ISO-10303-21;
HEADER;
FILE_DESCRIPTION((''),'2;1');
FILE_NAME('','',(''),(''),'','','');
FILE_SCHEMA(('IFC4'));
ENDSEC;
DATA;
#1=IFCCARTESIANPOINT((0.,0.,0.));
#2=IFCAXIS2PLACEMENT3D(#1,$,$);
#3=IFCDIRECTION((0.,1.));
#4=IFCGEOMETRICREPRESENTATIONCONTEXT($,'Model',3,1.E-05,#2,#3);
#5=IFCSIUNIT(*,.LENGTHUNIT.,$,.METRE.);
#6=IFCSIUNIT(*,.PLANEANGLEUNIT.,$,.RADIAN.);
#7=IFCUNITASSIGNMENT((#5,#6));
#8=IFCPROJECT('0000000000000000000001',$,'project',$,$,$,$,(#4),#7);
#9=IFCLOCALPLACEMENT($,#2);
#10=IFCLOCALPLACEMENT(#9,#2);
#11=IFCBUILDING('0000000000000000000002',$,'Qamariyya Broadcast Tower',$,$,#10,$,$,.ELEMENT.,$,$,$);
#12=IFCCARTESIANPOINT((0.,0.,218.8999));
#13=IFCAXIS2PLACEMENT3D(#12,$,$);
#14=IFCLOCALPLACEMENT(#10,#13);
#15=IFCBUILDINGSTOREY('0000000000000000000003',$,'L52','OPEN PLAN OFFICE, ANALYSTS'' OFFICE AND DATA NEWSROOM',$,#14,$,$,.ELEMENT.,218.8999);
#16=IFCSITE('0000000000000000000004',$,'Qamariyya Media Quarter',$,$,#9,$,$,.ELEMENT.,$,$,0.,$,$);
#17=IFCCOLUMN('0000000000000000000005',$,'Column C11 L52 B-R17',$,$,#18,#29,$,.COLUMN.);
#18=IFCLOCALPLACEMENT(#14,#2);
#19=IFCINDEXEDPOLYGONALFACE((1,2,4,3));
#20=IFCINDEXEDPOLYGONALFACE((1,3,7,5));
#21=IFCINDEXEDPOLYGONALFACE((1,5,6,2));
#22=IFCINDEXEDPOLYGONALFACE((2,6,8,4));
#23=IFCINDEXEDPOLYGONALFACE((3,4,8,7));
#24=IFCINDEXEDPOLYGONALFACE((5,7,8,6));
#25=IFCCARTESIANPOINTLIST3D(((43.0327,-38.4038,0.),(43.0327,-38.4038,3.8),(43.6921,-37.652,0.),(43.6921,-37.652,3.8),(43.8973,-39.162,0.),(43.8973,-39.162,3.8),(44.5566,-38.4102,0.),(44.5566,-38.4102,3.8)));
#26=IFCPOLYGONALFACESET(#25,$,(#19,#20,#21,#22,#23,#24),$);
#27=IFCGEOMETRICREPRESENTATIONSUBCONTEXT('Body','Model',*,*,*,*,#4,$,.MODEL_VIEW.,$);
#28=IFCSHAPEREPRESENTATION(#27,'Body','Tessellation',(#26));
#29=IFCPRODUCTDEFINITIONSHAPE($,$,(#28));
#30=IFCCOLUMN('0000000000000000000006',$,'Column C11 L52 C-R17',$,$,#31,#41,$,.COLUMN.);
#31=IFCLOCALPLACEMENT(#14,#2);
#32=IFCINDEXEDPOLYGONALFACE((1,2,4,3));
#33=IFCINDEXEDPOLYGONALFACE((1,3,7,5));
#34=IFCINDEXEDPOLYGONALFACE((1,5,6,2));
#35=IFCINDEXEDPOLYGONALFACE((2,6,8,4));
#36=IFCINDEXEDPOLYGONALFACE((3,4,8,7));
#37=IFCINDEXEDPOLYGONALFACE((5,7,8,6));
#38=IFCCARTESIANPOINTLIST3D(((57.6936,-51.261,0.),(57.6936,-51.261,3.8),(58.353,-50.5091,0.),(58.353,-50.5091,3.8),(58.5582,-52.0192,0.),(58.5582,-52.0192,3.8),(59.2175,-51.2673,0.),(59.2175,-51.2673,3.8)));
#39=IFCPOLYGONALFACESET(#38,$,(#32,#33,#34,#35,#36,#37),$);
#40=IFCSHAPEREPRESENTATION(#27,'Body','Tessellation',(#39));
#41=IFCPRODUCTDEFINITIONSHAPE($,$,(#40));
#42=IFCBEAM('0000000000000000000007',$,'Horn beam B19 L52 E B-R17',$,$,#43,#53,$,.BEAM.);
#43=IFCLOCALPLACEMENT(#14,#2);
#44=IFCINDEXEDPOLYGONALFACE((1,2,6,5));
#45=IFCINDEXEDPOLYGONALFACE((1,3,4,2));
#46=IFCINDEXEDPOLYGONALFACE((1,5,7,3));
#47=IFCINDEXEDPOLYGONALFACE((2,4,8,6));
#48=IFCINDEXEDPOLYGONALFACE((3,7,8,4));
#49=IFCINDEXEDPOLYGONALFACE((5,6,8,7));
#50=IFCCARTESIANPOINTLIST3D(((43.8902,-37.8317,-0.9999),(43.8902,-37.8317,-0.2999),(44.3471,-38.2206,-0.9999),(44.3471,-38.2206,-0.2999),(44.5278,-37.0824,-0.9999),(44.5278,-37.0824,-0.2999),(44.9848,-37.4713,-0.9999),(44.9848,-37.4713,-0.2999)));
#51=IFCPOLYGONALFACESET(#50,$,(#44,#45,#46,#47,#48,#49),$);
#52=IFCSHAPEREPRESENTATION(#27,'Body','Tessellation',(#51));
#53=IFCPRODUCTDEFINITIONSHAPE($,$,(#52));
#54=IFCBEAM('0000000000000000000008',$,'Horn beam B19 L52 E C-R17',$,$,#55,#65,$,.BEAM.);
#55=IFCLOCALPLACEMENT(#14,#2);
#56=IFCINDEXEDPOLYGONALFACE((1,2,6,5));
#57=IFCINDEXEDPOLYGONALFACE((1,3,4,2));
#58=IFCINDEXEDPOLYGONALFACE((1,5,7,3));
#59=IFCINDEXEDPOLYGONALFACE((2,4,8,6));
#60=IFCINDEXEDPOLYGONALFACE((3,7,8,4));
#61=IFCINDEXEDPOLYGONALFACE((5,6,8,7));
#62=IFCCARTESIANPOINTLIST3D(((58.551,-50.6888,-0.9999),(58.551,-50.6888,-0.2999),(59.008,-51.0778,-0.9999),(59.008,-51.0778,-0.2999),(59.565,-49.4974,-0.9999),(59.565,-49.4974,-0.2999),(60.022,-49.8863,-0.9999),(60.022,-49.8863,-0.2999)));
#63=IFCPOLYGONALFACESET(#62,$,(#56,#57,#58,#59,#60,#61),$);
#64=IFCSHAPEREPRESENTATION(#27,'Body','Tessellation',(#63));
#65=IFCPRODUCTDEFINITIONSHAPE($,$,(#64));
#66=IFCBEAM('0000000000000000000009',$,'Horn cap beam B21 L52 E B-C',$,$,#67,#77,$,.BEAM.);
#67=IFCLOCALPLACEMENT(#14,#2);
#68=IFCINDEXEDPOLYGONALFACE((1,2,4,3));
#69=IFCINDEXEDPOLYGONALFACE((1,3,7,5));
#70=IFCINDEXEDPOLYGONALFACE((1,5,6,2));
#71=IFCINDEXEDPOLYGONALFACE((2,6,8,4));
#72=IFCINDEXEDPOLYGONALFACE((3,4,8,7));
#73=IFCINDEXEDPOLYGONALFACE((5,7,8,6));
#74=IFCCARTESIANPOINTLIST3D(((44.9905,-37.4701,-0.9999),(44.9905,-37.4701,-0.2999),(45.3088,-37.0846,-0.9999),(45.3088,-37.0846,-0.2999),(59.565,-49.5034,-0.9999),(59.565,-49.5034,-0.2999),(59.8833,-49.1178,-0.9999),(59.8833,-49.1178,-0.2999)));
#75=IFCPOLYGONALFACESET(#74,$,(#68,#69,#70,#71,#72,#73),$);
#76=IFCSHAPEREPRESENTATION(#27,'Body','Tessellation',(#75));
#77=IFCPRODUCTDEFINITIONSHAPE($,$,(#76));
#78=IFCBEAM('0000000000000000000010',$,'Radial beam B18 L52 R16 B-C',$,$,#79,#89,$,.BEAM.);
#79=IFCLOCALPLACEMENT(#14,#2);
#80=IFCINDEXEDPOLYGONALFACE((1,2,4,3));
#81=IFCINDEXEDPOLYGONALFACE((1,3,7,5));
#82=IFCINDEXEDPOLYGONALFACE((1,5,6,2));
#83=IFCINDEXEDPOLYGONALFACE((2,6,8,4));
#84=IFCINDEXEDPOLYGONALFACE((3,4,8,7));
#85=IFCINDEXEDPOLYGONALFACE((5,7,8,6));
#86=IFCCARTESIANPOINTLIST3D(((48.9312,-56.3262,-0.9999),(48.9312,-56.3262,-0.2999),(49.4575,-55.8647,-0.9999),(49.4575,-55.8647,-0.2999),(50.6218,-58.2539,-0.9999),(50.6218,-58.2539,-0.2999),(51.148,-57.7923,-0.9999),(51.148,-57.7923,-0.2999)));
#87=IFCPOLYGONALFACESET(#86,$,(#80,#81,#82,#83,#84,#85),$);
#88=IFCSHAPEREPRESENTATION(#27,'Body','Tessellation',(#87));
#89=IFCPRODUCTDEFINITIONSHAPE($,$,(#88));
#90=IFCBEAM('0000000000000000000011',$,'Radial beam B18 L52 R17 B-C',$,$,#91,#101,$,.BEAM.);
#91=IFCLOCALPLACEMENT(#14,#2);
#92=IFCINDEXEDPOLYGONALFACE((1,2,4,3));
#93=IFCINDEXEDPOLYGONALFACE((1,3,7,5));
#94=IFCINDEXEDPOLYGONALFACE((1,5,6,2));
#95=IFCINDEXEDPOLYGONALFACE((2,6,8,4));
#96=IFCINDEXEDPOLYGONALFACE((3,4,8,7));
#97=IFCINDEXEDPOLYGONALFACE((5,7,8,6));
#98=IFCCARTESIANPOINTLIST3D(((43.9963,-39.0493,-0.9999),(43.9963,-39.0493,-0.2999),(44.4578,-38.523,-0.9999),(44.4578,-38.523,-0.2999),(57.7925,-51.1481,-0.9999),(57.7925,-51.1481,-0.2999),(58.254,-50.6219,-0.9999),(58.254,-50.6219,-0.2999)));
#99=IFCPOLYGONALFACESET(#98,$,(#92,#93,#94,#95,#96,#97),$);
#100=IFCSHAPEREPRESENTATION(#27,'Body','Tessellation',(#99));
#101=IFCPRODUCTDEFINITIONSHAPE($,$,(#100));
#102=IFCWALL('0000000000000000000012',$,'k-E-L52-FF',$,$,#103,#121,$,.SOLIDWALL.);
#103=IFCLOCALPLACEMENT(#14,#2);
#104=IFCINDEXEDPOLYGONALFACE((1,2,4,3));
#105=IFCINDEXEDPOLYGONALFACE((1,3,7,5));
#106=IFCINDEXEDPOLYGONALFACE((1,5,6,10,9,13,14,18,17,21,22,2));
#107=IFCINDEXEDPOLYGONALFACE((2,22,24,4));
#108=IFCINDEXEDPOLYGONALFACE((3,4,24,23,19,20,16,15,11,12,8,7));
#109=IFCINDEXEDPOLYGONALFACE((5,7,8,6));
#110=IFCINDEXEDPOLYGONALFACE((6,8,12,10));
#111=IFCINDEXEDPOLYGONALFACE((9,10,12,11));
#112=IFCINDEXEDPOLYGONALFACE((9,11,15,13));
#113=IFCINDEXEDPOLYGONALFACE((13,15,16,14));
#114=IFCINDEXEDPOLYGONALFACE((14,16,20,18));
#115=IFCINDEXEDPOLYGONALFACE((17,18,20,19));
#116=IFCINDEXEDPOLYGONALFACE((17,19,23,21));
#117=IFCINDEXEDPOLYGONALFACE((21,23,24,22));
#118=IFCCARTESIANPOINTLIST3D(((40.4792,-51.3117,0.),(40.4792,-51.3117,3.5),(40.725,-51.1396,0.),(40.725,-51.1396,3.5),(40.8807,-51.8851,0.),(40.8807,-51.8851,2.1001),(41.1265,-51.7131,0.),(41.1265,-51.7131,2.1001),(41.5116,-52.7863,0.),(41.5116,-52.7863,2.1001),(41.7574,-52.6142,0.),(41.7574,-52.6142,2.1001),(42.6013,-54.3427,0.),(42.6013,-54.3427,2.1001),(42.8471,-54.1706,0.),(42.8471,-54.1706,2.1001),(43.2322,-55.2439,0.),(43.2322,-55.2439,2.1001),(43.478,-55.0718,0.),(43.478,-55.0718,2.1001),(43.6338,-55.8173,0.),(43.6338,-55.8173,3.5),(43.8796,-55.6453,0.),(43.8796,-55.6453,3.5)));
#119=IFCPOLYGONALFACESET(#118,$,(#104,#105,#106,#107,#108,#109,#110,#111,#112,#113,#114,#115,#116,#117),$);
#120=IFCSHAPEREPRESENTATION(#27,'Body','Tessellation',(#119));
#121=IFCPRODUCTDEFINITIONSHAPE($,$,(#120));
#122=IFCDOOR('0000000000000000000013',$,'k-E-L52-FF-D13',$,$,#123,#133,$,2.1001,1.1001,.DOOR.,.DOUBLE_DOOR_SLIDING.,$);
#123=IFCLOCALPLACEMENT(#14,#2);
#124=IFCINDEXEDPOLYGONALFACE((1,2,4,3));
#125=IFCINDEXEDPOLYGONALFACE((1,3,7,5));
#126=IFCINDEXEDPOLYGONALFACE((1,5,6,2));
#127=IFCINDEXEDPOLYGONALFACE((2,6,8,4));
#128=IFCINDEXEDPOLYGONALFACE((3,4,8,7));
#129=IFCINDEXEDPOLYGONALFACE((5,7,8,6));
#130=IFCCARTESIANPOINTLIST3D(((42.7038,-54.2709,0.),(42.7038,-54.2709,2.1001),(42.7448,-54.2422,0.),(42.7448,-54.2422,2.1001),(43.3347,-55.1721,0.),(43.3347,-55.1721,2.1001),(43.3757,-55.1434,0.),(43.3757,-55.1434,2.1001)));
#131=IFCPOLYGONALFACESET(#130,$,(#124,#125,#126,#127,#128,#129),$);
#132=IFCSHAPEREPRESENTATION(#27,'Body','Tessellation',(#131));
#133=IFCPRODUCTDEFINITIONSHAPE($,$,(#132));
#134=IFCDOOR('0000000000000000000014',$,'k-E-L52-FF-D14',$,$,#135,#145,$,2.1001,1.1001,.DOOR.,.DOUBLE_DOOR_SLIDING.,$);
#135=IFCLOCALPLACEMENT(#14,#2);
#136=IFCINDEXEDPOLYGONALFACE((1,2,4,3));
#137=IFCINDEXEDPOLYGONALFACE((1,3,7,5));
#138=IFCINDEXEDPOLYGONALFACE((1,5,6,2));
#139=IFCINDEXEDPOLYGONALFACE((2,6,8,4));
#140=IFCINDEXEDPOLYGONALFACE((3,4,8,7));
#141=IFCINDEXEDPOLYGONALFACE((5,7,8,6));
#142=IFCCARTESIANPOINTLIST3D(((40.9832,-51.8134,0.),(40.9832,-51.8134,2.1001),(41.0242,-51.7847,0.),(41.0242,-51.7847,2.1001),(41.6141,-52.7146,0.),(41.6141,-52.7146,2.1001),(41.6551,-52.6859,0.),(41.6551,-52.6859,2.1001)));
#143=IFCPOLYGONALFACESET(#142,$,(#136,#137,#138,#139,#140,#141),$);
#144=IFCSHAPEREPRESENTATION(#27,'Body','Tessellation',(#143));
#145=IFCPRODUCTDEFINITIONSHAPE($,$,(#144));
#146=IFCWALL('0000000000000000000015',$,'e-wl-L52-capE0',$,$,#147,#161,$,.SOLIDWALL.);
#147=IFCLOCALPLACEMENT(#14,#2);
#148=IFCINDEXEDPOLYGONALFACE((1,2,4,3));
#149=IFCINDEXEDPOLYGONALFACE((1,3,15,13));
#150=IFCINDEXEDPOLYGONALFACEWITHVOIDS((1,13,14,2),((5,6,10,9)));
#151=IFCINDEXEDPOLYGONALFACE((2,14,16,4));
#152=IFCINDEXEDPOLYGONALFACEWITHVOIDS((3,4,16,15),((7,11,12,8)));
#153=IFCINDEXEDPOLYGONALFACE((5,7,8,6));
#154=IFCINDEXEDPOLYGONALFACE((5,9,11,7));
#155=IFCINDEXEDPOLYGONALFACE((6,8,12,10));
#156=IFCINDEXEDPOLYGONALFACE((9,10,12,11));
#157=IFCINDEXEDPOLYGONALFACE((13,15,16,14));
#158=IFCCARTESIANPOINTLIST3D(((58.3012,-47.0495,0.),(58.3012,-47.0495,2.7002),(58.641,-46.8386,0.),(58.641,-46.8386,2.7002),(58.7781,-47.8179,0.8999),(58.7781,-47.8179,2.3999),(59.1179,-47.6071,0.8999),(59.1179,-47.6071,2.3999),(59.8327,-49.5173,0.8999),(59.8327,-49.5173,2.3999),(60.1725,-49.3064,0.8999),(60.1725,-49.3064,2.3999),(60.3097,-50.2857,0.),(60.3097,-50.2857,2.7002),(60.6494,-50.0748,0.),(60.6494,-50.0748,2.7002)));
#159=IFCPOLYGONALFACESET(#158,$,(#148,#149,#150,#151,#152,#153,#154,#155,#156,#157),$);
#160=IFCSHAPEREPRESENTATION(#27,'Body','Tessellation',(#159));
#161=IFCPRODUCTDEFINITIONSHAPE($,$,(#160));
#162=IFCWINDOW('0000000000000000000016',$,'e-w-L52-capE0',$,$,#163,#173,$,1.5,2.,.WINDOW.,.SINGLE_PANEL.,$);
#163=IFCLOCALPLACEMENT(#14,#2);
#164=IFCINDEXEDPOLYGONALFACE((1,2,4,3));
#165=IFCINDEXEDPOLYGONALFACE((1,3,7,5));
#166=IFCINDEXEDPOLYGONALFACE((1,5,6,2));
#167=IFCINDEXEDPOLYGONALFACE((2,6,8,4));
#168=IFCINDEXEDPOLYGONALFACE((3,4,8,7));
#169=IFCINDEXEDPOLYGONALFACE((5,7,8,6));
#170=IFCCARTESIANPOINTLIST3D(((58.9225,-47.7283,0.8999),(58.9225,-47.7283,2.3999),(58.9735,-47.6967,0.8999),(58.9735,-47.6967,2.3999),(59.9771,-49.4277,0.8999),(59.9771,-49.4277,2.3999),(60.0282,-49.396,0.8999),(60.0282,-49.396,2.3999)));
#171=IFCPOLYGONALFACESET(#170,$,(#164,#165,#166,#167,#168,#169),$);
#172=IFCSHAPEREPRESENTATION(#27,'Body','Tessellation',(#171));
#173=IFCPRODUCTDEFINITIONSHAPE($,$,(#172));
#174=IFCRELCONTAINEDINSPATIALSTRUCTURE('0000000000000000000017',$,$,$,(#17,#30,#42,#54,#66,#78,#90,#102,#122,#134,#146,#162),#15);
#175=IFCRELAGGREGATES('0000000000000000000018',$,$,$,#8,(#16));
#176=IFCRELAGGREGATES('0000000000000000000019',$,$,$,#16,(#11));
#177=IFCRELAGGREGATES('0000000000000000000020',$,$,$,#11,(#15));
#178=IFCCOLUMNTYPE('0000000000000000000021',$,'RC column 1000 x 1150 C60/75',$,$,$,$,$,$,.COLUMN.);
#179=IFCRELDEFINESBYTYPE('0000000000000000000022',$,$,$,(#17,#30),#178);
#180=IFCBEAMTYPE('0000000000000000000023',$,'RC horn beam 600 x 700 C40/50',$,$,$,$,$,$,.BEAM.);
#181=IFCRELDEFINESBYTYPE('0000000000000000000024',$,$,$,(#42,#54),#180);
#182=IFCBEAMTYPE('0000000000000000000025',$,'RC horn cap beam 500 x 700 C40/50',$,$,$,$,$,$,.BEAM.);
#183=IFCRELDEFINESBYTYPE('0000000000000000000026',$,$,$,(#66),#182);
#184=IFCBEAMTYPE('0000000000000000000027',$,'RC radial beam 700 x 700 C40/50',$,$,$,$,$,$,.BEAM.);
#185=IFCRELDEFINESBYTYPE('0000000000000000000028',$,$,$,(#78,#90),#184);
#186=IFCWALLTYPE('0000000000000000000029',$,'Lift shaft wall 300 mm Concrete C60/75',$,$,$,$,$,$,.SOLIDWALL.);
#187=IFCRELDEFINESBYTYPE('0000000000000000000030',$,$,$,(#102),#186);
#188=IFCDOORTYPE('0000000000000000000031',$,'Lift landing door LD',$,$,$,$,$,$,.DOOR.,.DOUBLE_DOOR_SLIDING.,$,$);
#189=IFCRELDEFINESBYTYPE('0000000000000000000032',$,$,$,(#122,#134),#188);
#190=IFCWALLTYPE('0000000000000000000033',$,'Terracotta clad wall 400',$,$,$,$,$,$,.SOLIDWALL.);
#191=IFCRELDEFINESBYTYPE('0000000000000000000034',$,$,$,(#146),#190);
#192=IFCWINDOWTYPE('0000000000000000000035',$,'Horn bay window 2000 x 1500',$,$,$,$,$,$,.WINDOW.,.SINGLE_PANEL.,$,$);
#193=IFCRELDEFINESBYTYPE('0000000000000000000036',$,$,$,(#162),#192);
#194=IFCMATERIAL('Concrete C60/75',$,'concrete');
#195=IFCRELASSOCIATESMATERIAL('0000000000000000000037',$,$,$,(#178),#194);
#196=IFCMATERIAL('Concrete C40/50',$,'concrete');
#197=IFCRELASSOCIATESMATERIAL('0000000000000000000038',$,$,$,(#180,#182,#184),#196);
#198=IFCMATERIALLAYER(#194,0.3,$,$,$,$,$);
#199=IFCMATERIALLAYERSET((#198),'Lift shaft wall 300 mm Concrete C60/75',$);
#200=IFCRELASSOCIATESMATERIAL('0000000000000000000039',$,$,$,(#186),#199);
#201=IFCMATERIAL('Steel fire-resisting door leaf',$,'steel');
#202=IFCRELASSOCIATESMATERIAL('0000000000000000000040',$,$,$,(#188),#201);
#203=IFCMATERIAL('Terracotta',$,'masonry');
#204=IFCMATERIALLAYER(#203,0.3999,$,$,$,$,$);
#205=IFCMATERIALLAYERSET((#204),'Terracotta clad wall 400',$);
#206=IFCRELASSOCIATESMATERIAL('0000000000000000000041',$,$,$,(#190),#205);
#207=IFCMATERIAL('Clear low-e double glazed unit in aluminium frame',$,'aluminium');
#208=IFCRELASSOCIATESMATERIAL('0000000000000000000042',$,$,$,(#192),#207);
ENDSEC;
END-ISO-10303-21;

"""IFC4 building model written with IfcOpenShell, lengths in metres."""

from ifc_helpers import new_model, si_unit, direction, frame, frame_2d, origin, origin_2d, place, context, subcontext, project, spatial, rectangle, extrude, material, layer, layer_set, material_profile, profile_set, type_object, element, fill, save


model = new_model("IFC4")

# Units and contexts
model_context = context("Model", 3, precision=1e-05, world=origin(), true_north=direction((0.0, 1.0)))
body_context = subcontext(model_context, "Body", "Model", "MODEL_VIEW")
ifc_project = project(units=[si_unit("LENGTHUNIT", "METRE"), si_unit("PLANEANGLEUNIT", "RADIAN")], contexts=[model_context])

# Site, building, storey
site_placement = place(None, origin())
site = spatial("IfcSite", under=ifc_project, at=site_placement, Name="Qamariyya Media Quarter", CompositionType="ELEMENT", RefElevation=0.0)
building_placement = place(site_placement, origin())
building = spatial("IfcBuilding", under=site, at=building_placement, Name="Qamariyya Broadcast Tower", CompositionType="ELEMENT")
storey_placement = place(building_placement, frame((0.0, 0.0, 218.8999)))
storey = spatial("IfcBuildingStorey", under=building, at=storey_placement, Name="L52", Description="OPEN PLAN OFFICE, ANALYSTS' OFFICE AND DATA NEWSROOM", CompositionType="ELEMENT", Elevation=218.8999)

# Columns
ifc_material_1 = material(Name="Concrete C60/75", Category="concrete")
ifc_material_profile_1 = material_profile(ifc_material_1, rectangle(XDim=1.0, YDim=1.1499, at=origin_2d()))
ifc_profile_set_1 = profile_set([ifc_material_profile_1], Name="Concrete C60/75")
column_type = type_object("IfcColumnType", Name="RC column 1000 x 1150 C60/75", PredefinedType="COLUMN", material=ifc_profile_set_1)
for number, where, z_axis, x_axis, name in (
    (1, (43.7947, -38.407, 0.0), (0.0, 0.0, 1.0), (0.659346, 0.75184, 0.0), "Column C11 L52 B-R17"),
    (2, (58.4556, -51.2642, 0.0), (0.0, 0.0, 1.0), (0.659346, 0.75184, 0.0), "Column C11 L52 C-R17"),
):
    element("IfcColumn", number, at=place(storey_placement, frame(where, z_axis=z_axis, x_axis=x_axis)), inside=storey, type_object=column_type, Name=name, PredefinedType="COLUMN", context=body_context, shape_type="SweptSolid", body=[
        extrude(rectangle(XDim=1.0, YDim=1.1499, at=origin_2d()), origin(), (0.0, 0.0, 1.0), 3.8),
    ])

# Beams
ifc_material_2 = material(Name="Concrete C40/50", Category="concrete")
ifc_material_profile_2 = material_profile(ifc_material_2, rectangle(XDim=0.6001, YDim=0.7, at=origin_2d()))
ifc_profile_set_2 = profile_set([ifc_material_profile_2], Name="Concrete C40/50")
beam_type_1 = type_object("IfcBeamType", Name="RC horn beam 600 x 700 C40/50", PredefinedType="BEAM", material=ifc_profile_set_2)
beam_1_placement = place(storey_placement, frame((44.1187, -38.0261, -0.6499), z_axis=(0.648131, 0.761529, 0.0), x_axis=(-0.761529, 0.648131, 0.0)))
element("IfcBeam", 3, at=beam_1_placement, inside=storey, type_object=beam_type_1, Name="Horn beam B19 L52 E B-R17", PredefinedType="BEAM", context=body_context, shape_type="SweptSolid", body=[
    extrude(rectangle(XDim=0.6001, YDim=0.7, at=origin_2d()), origin(), (0.0, 0.0, 1.0), 0.9839),
])
beam_2_placement = place(storey_placement, frame((58.7795, -50.8833, -0.6499), z_axis=(0.648101, 0.761554, 0.0), x_axis=(-0.761554, 0.648101, 0.0)))
element("IfcBeam", 4, at=beam_2_placement, inside=storey, type_object=beam_type_1, Name="Horn beam B19 L52 E C-R17", PredefinedType="BEAM", context=body_context, shape_type="SweptSolid", body=[
    extrude(rectangle(XDim=0.6001, YDim=0.7, at=origin_2d()), origin(), (0.0, 0.0, 1.0), 1.5645),
])
ifc_material_profile_3 = material_profile(ifc_material_2, rectangle(XDim=0.5, YDim=0.7, at=origin_2d()))
ifc_profile_set_3 = profile_set([ifc_material_profile_3], Name="Concrete C40/50")
beam_type_2 = type_object("IfcBeamType", Name="RC horn cap beam 500 x 700 C40/50", PredefinedType="BEAM", material=ifc_profile_set_3)
beam_3_placement = place(storey_placement, frame((45.1497, -37.2773, -0.6499), z_axis=(0.771132, -0.636675, 0.0), x_axis=(0.636675, 0.771132, 0.0)))
element("IfcBeam", 5, at=beam_3_placement, inside=storey, type_object=beam_type_2, Name="Horn cap beam B21 L52 E B-C", PredefinedType="BEAM", context=body_context, shape_type="SweptSolid", body=[
    extrude(rectangle(XDim=0.5, YDim=0.7, at=origin_2d()), origin(), (0.0, 0.0, 1.0), 18.9001),
])
ifc_material_profile_4 = material_profile(ifc_material_2, rectangle(XDim=0.7, YDim=0.7, at=origin_2d()))
ifc_profile_set_4 = profile_set([ifc_material_profile_4], Name="Concrete C40/50")
beam_type_3 = type_object("IfcBeamType", Name="RC radial beam 700 x 700 C40/50", PredefinedType="BEAM", material=ifc_profile_set_4)
beam_4_placement = place(storey_placement, frame((49.1943, -56.0955, -0.6499), z_axis=(0.659367, -0.751821, 0.0), x_axis=(0.751821, 0.659367, 0.0)))
element("IfcBeam", 6, at=beam_4_placement, inside=storey, type_object=beam_type_3, Name="Radial beam B18 L52 R16 B-C", PredefinedType="BEAM", context=body_context, shape_type="SweptSolid", body=[
    extrude(rectangle(XDim=0.7, YDim=0.7, at=origin_2d()), origin(), (0.0, 0.0, 1.0), 2.564),
])
beam_5_placement = place(storey_placement, frame((44.2271, -38.7861, -0.6499), z_axis=(0.75184, -0.659345, 0.0), x_axis=(0.659345, 0.75184, 0.0)))
element("IfcBeam", 7, at=beam_5_placement, inside=storey, type_object=beam_type_3, Name="Radial beam B18 L52 R17 B-C", PredefinedType="BEAM", context=body_context, shape_type="SweptSolid", body=[
    extrude(rectangle(XDim=0.7, YDim=0.7, at=origin_2d()), origin(), (0.0, 0.0, 1.0), 18.3499),
])

# Wall, openings, doors
ifc_layer_1 = layer(ifc_material_1, 0.3)
ifc_layer_set_1 = layer_set([ifc_layer_1], Name="Lift shaft wall 300 mm Concrete C60/75")
wall_type_1 = type_object("IfcWallType", Name="Lift shaft wall 300 mm Concrete C60/75", PredefinedType="SOLIDWALL", material=ifc_layer_set_1)
wall_1_placement = place(storey_placement, frame((43.7566, -55.7312, 0.0), z_axis=(0.0, 0.0, 1.0), x_axis=(-0.573537, 0.81918, 0.0)))
wall_1 = element("IfcWall", 8, at=wall_1_placement, inside=storey, type_object=wall_type_1, Name="k-E-L52-FF", PredefinedType="SOLIDWALL", context=body_context, shape_type="SweptSolid", body=[
    extrude(rectangle(XDim=5.5002, YDim=0.3, at=frame_2d((2.75, 0.0))), origin(), (0.0, 0.0, 1.0), 3.5),
])
opening_1_placement = place(wall_1_placement, frame((0.7, 0.0, 0.0)))
opening_1 = element("IfcOpeningElement", 9, at=opening_1_placement, cuts=wall_1, PredefinedType="OPENING", context=body_context, shape_type="SweptSolid", body=[
    extrude(rectangle(XDim=1.1001, YDim=2.1001, at=frame_2d((0.55, 1.05))), frame((0.0, 0.1599, 0.0), z_axis=(0.0, -1.0, 0.0), x_axis=(1.0, 0.0, 0.0)), (0.0, 0.0, 1.0), 0.3201),
])
opening_2_placement = place(wall_1_placement, frame((3.7, 0.0, 0.0)))
opening_2 = element("IfcOpeningElement", 10, at=opening_2_placement, cuts=wall_1, PredefinedType="OPENING", context=body_context, shape_type="SweptSolid", body=[
    extrude(rectangle(XDim=1.1001, YDim=2.1001, at=frame_2d((0.55, 1.05))), frame((0.0, 0.1599, 0.0), z_axis=(0.0, -1.0, 0.0), x_axis=(1.0, 0.0, 0.0)), (0.0, 0.0, 1.0), 0.3201),
])
ifc_material_3 = material(Name="Steel fire-resisting door leaf", Category="steel")
door_type = type_object("IfcDoorType", Name="Lift landing door LD", OperationType="DOUBLE_DOOR_SLIDING", PredefinedType="DOOR", material=ifc_material_3)
door_1_placement = place(opening_1_placement, origin())
door_1 = element("IfcDoor", 11, at=door_1_placement, inside=storey, type_object=door_type, Name="k-E-L52-FF-D13", OperationType="DOUBLE_DOOR_SLIDING", OverallHeight=2.1001, OverallWidth=1.1001, PredefinedType="DOOR", context=body_context, shape_type="SweptSolid", body=[
    extrude(rectangle(XDim=1.1001, YDim=2.1001, at=frame_2d((0.55, 1.05))), frame((0.0, 0.0249, 0.0), z_axis=(0.0, -1.0, 0.0), x_axis=(1.0, 0.0, 0.0)), (0.0, 0.0, 1.0), 0.05),
])
fill(opening_1, door_1)
door_2_placement = place(opening_2_placement, origin())
door_2 = element("IfcDoor", 12, at=door_2_placement, inside=storey, type_object=door_type, Name="k-E-L52-FF-D14", OperationType="DOUBLE_DOOR_SLIDING", OverallHeight=2.1001, OverallWidth=1.1001, PredefinedType="DOOR", context=body_context, shape_type="SweptSolid", body=[
    extrude(rectangle(XDim=1.1001, YDim=2.1001, at=frame_2d((0.55, 1.05))), frame((0.0, 0.0249, 0.0), z_axis=(0.0, -1.0, 0.0), x_axis=(1.0, 0.0, 0.0)), (0.0, 0.0, 1.0), 0.05),
])
fill(opening_2, door_2)

# Wall, opening, window
ifc_material_4 = material(Name="Terracotta", Category="masonry")
ifc_layer_2 = layer(ifc_material_4, 0.3999)
ifc_layer_set_2 = layer_set([ifc_layer_2], Name="Terracotta clad wall 400")
wall_type_2 = type_object("IfcWallType", Name="Terracotta clad wall 400", PredefinedType="SOLIDWALL", material=ifc_layer_set_2)
wall_2_placement = place(storey_placement, frame((60.4795, -50.1802, 0.0), z_axis=(0.0, 0.0, 1.0), x_axis=(-0.527323, 0.849665, 0.0)))
wall_2 = element("IfcWall", 13, at=wall_2_placement, inside=storey, type_object=wall_type_2, Name="e-wl-L52-capE0", PredefinedType="SOLIDWALL", context=body_context, shape_type="SweptSolid", body=[
    extrude(rectangle(XDim=3.8088, YDim=0.3999, at=frame_2d((1.9043, 0.0))), origin(), (0.0, 0.0, 1.0), 2.7002),
])
opening_3_placement = place(wall_2_placement, frame((0.9043, 0.0, 0.8999)))
opening_3 = element("IfcOpeningElement", 14, at=opening_3_placement, cuts=wall_2, PredefinedType="OPENING", context=body_context, shape_type="SweptSolid", body=[
    extrude(rectangle(XDim=2.0, YDim=1.5, at=frame_2d((1.0, 0.75))), frame((0.0, 0.21, 0.0), z_axis=(0.0, -1.0, 0.0), x_axis=(1.0, 0.0, 0.0)), (0.0, 0.0, 1.0), 0.4199),
])
ifc_material_5 = material(Name="Clear low-e double glazed unit in aluminium frame", Category="aluminium")
window_type_1 = type_object("IfcWindowType", Name="Horn bay window 2000 x 1500", PartitioningType="SINGLE_PANEL", PredefinedType="WINDOW", material=ifc_material_5)
window_1_placement = place(opening_3_placement, origin())
window_1 = element("IfcWindow", 15, at=window_1_placement, inside=storey, type_object=window_type_1, Name="e-w-L52-capE0", OverallHeight=1.5, OverallWidth=2.0, PartitioningType="SINGLE_PANEL", PredefinedType="WINDOW", context=body_context, shape_type="SweptSolid", body=[
    extrude(rectangle(XDim=2.0, YDim=1.5, at=frame_2d((1.0, 0.75))), frame((0.0, 0.03, 0.0), z_axis=(0.0, -1.0, 0.0), x_axis=(1.0, 0.0, 0.0)), (0.0, 0.0, 1.0), 0.0601),
])
fill(opening_3, window_1)

save(model, "model.ifc")
